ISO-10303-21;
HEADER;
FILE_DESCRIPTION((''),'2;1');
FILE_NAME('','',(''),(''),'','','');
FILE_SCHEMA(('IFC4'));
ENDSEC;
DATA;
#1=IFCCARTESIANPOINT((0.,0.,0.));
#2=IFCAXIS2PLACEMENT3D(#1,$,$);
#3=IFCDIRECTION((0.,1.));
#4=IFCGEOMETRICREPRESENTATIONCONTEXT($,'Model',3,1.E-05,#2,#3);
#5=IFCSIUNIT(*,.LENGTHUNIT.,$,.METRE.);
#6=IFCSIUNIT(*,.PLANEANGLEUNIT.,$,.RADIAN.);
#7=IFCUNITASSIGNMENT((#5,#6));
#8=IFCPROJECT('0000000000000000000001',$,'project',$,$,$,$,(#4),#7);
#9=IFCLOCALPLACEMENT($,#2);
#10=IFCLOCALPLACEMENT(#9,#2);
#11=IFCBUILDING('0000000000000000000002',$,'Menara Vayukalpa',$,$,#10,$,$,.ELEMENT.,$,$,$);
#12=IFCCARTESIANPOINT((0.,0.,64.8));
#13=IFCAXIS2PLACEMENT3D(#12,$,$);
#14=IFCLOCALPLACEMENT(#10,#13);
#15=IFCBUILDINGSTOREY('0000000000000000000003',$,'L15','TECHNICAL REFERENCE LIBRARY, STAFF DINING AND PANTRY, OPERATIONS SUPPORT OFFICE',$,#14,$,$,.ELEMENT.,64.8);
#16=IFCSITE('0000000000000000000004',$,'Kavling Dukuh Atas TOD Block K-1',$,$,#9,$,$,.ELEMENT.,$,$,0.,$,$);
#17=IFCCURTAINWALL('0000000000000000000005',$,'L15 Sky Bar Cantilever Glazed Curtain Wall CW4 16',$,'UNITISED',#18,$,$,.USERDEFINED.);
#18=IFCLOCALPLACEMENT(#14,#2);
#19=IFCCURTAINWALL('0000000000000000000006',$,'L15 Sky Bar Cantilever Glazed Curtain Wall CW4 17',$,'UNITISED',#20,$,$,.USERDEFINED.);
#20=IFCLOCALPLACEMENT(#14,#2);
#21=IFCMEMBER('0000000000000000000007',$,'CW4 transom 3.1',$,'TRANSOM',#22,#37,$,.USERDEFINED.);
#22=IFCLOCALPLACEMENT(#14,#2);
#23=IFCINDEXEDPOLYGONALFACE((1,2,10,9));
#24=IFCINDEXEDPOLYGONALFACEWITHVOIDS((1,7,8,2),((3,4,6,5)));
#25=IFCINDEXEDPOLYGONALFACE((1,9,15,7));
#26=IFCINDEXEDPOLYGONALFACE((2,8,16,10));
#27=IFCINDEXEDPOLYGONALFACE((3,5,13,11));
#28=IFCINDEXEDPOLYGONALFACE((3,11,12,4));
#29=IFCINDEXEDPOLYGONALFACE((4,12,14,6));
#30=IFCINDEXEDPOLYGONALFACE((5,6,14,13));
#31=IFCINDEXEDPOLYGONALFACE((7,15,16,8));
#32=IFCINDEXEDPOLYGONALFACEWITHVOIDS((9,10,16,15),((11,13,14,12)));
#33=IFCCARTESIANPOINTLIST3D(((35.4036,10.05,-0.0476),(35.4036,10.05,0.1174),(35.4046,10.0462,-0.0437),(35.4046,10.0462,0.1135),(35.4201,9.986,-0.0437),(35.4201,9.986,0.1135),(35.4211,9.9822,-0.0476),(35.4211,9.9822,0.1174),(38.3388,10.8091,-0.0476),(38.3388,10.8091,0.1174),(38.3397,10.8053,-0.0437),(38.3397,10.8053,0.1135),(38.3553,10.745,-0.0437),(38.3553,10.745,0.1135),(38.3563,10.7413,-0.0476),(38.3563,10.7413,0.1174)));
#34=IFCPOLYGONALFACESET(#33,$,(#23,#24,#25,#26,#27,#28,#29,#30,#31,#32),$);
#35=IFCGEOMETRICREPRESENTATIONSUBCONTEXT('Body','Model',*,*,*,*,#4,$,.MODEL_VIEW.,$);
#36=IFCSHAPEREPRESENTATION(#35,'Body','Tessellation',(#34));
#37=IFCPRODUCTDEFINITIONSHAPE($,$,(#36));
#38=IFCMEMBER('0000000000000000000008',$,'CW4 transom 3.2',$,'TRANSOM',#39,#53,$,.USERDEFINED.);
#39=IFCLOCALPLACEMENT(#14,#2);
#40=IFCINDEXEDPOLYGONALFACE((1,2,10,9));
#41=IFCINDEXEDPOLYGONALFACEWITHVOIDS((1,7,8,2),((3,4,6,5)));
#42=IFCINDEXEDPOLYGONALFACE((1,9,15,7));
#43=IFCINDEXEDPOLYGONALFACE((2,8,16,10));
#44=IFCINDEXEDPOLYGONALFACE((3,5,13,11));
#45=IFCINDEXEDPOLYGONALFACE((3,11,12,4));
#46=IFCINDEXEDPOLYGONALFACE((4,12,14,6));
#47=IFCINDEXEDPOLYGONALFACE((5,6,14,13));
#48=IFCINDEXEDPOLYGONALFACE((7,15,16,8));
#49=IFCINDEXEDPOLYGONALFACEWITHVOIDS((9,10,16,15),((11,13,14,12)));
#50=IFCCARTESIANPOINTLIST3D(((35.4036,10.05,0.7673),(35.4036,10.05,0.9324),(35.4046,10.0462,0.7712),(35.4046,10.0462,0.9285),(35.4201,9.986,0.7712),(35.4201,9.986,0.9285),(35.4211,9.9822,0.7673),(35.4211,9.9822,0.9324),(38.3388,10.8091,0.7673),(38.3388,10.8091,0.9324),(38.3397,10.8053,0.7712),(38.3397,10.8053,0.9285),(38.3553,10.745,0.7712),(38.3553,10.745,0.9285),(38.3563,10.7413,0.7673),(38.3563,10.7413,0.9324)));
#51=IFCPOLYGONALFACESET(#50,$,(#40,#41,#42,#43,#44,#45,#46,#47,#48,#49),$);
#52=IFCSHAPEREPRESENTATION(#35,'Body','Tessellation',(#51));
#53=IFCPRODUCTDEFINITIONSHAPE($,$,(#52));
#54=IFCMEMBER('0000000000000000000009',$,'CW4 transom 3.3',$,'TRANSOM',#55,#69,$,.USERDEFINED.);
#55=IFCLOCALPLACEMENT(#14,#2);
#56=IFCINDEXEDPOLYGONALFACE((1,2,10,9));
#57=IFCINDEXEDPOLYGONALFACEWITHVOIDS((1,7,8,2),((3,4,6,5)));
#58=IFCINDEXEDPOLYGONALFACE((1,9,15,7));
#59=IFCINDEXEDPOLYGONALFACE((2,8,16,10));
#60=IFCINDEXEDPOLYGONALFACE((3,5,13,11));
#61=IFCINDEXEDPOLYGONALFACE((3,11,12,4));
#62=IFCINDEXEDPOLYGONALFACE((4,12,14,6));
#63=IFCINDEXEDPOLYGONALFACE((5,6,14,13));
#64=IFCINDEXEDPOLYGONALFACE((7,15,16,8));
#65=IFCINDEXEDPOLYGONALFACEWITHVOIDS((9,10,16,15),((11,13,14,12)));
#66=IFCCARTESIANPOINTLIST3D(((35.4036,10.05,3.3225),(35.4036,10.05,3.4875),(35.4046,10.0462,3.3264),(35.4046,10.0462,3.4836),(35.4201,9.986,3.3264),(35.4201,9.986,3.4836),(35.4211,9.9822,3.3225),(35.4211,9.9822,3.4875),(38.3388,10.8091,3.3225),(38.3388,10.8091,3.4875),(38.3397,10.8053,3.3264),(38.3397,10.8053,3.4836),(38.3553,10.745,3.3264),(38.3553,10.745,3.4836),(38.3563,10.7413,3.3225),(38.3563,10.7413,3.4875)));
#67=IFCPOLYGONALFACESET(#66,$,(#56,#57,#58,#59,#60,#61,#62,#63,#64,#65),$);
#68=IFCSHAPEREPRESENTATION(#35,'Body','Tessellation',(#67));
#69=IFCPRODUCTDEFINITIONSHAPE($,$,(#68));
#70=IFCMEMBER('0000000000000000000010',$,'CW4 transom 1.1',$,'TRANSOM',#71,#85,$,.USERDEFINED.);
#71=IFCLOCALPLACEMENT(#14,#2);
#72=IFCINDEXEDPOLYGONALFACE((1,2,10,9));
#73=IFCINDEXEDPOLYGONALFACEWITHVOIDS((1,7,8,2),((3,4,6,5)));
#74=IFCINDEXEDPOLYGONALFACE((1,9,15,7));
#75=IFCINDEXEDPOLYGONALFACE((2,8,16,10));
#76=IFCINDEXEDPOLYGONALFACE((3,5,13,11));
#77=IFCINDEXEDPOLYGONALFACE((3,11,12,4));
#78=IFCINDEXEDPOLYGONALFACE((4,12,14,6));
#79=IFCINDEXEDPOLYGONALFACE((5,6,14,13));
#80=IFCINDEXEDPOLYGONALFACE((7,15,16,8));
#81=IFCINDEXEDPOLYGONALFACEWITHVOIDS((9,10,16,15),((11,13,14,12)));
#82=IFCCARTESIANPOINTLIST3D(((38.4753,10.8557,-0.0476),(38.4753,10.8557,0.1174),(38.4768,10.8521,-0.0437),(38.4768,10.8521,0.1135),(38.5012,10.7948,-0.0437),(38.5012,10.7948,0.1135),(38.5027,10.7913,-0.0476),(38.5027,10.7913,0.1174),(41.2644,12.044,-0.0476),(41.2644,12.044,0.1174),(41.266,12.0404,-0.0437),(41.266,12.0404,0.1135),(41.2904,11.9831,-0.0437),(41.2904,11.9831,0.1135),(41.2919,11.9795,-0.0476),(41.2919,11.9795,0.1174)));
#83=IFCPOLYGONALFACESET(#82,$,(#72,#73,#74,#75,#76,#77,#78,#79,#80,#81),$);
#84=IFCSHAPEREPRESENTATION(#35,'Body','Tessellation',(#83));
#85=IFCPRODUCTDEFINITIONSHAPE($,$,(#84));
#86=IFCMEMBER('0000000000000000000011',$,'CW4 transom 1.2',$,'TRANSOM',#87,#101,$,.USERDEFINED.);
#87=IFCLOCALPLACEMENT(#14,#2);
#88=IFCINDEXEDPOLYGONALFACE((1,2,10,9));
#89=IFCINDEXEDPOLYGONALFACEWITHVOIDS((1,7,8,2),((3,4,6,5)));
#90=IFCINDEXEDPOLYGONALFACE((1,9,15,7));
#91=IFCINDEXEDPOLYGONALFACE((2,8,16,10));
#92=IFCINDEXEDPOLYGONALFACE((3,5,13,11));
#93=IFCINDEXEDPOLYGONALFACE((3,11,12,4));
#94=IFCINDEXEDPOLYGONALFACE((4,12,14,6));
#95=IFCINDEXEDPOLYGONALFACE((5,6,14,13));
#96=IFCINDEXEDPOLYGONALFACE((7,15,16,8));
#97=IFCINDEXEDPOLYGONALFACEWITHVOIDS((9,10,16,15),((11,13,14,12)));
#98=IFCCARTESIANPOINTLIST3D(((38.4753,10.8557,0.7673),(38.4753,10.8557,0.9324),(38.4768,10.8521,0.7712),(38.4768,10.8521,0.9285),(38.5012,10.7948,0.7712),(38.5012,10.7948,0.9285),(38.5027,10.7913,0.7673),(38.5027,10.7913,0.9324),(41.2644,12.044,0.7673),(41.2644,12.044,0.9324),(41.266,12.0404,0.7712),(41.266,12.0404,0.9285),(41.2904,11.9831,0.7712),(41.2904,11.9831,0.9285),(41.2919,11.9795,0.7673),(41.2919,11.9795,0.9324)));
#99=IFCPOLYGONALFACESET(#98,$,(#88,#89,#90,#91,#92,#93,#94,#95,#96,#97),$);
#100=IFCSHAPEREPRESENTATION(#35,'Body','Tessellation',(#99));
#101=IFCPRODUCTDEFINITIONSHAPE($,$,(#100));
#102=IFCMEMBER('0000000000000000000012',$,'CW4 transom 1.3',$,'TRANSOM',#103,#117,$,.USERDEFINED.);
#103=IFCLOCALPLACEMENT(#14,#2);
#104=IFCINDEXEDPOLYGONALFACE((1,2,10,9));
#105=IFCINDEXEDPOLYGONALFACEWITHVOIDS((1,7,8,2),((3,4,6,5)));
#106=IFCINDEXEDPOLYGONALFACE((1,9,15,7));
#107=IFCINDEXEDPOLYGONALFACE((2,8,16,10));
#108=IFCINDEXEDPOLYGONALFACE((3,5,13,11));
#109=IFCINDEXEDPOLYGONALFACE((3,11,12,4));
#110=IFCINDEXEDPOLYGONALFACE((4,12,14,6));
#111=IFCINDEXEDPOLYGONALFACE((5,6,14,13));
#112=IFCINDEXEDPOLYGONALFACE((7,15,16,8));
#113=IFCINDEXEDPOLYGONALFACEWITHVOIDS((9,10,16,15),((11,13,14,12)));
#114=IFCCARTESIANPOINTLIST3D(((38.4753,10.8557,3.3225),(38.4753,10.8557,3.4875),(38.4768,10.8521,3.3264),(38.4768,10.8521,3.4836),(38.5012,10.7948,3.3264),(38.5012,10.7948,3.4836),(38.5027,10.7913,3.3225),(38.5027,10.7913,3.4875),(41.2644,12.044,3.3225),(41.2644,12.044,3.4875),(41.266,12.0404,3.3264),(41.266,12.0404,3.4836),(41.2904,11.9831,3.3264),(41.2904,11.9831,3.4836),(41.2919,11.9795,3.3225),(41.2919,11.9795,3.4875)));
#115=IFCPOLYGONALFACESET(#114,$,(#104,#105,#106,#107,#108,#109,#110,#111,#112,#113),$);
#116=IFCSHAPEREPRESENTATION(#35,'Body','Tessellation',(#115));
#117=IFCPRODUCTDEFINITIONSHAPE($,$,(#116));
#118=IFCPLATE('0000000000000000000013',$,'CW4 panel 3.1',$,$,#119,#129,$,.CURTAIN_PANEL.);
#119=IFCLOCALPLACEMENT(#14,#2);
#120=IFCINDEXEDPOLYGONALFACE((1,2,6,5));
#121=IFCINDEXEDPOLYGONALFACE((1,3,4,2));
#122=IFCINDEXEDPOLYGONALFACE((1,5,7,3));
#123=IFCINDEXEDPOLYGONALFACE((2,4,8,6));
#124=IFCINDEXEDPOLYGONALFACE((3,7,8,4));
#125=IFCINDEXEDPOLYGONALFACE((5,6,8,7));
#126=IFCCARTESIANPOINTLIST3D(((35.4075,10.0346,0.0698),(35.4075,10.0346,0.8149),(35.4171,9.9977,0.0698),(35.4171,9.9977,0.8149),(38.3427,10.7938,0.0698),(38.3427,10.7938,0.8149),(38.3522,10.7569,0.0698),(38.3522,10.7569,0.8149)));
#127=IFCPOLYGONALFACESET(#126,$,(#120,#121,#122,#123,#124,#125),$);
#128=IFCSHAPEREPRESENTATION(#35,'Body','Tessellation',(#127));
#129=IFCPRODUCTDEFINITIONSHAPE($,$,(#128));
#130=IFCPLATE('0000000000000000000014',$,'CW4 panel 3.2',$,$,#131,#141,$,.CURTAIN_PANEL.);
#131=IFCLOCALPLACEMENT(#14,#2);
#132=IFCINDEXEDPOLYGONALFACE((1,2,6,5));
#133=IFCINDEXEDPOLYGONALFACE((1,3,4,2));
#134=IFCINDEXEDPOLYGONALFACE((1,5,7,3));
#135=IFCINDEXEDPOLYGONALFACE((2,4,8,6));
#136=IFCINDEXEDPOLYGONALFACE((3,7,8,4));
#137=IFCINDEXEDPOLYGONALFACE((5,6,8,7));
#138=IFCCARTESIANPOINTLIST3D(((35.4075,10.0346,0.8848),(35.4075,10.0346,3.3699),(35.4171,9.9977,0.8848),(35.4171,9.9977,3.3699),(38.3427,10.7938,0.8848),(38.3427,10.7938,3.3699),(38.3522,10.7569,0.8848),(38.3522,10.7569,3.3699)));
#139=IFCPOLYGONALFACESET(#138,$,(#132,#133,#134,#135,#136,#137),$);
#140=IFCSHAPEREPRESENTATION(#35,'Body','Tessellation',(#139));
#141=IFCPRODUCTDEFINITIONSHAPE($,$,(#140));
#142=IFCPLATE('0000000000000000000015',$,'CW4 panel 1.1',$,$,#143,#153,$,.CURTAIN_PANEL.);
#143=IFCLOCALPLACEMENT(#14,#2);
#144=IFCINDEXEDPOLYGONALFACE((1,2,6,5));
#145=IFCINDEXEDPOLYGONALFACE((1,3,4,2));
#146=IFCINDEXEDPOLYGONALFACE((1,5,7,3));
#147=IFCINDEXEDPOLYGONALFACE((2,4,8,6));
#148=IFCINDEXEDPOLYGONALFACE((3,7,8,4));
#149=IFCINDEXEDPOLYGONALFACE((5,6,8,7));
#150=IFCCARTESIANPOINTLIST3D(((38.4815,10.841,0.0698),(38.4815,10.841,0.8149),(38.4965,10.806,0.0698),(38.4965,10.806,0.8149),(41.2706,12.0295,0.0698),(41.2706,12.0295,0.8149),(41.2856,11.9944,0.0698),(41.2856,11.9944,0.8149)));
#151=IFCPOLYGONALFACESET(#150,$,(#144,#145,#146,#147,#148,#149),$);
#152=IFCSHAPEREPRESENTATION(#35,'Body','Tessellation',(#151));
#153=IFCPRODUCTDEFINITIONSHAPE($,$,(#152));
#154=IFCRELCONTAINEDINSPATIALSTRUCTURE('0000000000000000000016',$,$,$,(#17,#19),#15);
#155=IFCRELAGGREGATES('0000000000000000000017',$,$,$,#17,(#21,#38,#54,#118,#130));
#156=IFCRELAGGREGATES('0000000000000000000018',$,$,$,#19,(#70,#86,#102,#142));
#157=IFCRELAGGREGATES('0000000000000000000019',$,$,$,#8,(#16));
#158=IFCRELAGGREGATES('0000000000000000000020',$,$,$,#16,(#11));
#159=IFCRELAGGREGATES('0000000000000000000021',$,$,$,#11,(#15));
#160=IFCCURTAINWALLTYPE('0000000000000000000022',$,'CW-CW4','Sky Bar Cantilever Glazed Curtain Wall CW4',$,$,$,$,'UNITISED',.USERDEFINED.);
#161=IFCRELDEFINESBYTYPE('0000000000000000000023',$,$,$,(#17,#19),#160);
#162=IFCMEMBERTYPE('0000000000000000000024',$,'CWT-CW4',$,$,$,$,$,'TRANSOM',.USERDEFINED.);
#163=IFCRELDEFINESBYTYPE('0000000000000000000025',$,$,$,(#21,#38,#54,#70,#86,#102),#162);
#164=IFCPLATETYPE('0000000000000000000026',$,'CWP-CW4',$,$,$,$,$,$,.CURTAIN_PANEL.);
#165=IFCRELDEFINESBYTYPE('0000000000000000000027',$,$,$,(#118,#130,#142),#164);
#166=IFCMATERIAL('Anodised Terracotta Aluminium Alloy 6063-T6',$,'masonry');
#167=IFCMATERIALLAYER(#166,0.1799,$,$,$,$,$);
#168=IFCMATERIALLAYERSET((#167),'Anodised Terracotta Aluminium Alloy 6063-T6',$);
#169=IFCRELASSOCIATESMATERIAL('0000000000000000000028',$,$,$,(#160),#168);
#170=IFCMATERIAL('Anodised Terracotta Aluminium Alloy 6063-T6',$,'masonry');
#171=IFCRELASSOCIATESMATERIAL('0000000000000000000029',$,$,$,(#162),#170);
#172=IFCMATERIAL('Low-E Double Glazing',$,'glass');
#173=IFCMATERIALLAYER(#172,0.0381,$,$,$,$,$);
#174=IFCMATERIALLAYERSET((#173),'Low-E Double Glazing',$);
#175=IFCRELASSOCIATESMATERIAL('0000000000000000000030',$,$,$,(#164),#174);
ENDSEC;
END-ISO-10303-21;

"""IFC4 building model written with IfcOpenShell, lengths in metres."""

from ifc_helpers import new_model, si_unit, direction, frame, origin, origin_2d, place, context, subcontext, project, spatial, rectangle, hollow_rectangle, extrude, material, layer, layer_set, material_profile, profile_set, type_object, element, aggregate, save


model = new_model("IFC4")

# Units and contexts
model_context = context("Model", 3, precision=1e-05, world=origin(), true_north=direction((0.0, 1.0)))
body_context = subcontext(model_context, "Body", "Model", "MODEL_VIEW")
ifc_project = project(units=[si_unit("LENGTHUNIT", "METRE"), si_unit("PLANEANGLEUNIT", "RADIAN")], contexts=[model_context])

# Site, building, storey
site_placement = place(None, origin())
site = spatial("IfcSite", under=ifc_project, at=site_placement, Name="Kavling Dukuh Atas TOD Block K-1", CompositionType="ELEMENT", RefElevation=0.0)
building_placement = place(site_placement, origin())
building = spatial("IfcBuilding", under=site, at=building_placement, Name="Menara Vayukalpa", CompositionType="ELEMENT")
storey_placement = place(building_placement, frame((0.0, 0.0, 64.8)))
storey = spatial("IfcBuildingStorey", under=building, at=storey_placement, Name="L15", Description="TECHNICAL REFERENCE LIBRARY, STAFF DINING AND PANTRY, OPERATIONS SUPPORT OFFICE", CompositionType="ELEMENT", Elevation=64.8)

# Curtain wall
ifc_material_1 = material(Name="Anodised Terracotta Aluminium Alloy 6063-T6", Category="masonry")
ifc_layer_1 = layer(ifc_material_1, 0.1799)
ifc_layer_set_1 = layer_set([ifc_layer_1], Name="Anodised Terracotta Aluminium Alloy 6063-T6")
curtain_wall_type = type_object("IfcCurtainWallType", Name="CW-CW4", Description="Sky Bar Cantilever Glazed Curtain Wall CW4", ElementType="UNITISED", PredefinedType="USERDEFINED", material=ifc_layer_set_1)
curtain_wall_1_placement = place(storey_placement, origin())
curtain_wall_1 = element("IfcCurtainWall", 1, at=curtain_wall_1_placement, inside=storey, type_object=curtain_wall_type, Name="L15 Sky Bar Cantilever Glazed Curtain Wall CW4 16", ObjectType="UNITISED", PredefinedType="USERDEFINED")

# Curtain wall
curtain_wall_2_placement = place(storey_placement, origin())
curtain_wall_2 = element("IfcCurtainWall", 2, at=curtain_wall_2_placement, inside=storey, type_object=curtain_wall_type, Name="L15 Sky Bar Cantilever Glazed Curtain Wall CW4 17", ObjectType="UNITISED", PredefinedType="USERDEFINED")

# Members
ifc_material_2 = material(Name="Anodised Terracotta Aluminium Alloy 6063-T6", Category="masonry")
ifc_material_profile_1 = material_profile(ifc_material_2, hollow_rectangle(XDim=0.0701, YDim=0.165, WallThickness=0.0039, at=origin_2d()), Name="ALU 70x165x4")
ifc_profile_set_1 = profile_set([ifc_material_profile_1], Name="Anodised Terracotta Aluminium Alloy 6063-T6")
member_type_1 = type_object("IfcMemberType", Name="CWT-CW4", ElementType="TRANSOM", PredefinedType="USERDEFINED", material=ifc_profile_set_1)
member_1_placement = place(storey_placement, frame((35.4124, 10.0161, 0.0349), z_axis=(0.96815, 0.250372, 0.0), x_axis=(-0.250372, 0.96815, 0.0)))
member_1 = element("IfcMember", 3, at=member_1_placement, type_object=member_type_1, Name="CW4 transom 3.1", ObjectType="TRANSOM", PredefinedType="USERDEFINED", context=body_context, shape_type="SweptSolid", body=[
    extrude(hollow_rectangle(XDim=0.0701, YDim=0.165, WallThickness=0.0039, at=origin_2d()), origin(), (0.0, 0.0, 1.0), 3.0317),
])
member_2_placement = place(storey_placement, frame((35.4124, 10.0161, 0.8499), z_axis=(0.96815, 0.250372, 0.0), x_axis=(-0.250372, 0.96815, 0.0)))
member_2 = element("IfcMember", 4, at=member_2_placement, type_object=member_type_1, Name="CW4 transom 3.2", ObjectType="TRANSOM", PredefinedType="USERDEFINED", context=body_context, shape_type="SweptSolid", body=[
    extrude(hollow_rectangle(XDim=0.0701, YDim=0.165, WallThickness=0.0039, at=origin_2d()), origin(), (0.0, 0.0, 1.0), 3.0317),
])
member_3_placement = place(storey_placement, frame((35.4124, 10.0161, 3.405), z_axis=(0.96815, 0.250372, 0.0), x_axis=(-0.250372, 0.96815, 0.0)))
member_3 = element("IfcMember", 5, at=member_3_placement, type_object=member_type_1, Name="CW4 transom 3.3", ObjectType="TRANSOM", PredefinedType="USERDEFINED", context=body_context, shape_type="SweptSolid", body=[
    extrude(hollow_rectangle(XDim=0.0701, YDim=0.165, WallThickness=0.0039, at=origin_2d()), origin(), (0.0, 0.0, 1.0), 3.0317),
])
member_4_placement = place(storey_placement, frame((38.489, 10.8235, 0.0349), z_axis=(0.919988, 0.391945, 0.0), x_axis=(-0.391945, 0.919988, 0.0)))
member_4 = element("IfcMember", 6, at=member_4_placement, type_object=member_type_1, Name="CW4 transom 1.1", ObjectType="TRANSOM", PredefinedType="USERDEFINED", context=body_context, shape_type="SweptSolid", body=[
    extrude(hollow_rectangle(XDim=0.0701, YDim=0.165, WallThickness=0.0039, at=origin_2d()), origin(), (0.0, 0.0, 1.0), 3.0317),
])
member_5_placement = place(storey_placement, frame((38.489, 10.8235, 0.8499), z_axis=(0.919988, 0.391945, 0.0), x_axis=(-0.391945, 0.919988, 0.0)))
member_5 = element("IfcMember", 7, at=member_5_placement, type_object=member_type_1, Name="CW4 transom 1.2", ObjectType="TRANSOM", PredefinedType="USERDEFINED", context=body_context, shape_type="SweptSolid", body=[
    extrude(hollow_rectangle(XDim=0.0701, YDim=0.165, WallThickness=0.0039, at=origin_2d()), origin(), (0.0, 0.0, 1.0), 3.0317),
])
member_6_placement = place(storey_placement, frame((38.489, 10.8235, 3.405), z_axis=(0.919988, 0.391945, 0.0), x_axis=(-0.391945, 0.919988, 0.0)))
member_6 = element("IfcMember", 8, at=member_6_placement, type_object=member_type_1, Name="CW4 transom 1.3", ObjectType="TRANSOM", PredefinedType="USERDEFINED", context=body_context, shape_type="SweptSolid", body=[
    extrude(hollow_rectangle(XDim=0.0701, YDim=0.165, WallThickness=0.0039, at=origin_2d()), origin(), (0.0, 0.0, 1.0), 3.0317),
])

# Plates
ifc_material_3 = material(Name="Low-E Double Glazing", Category="glass")
ifc_layer_2 = layer(ifc_material_3, 0.0381)
ifc_layer_set_2 = layer_set([ifc_layer_2], Name="Low-E Double Glazing")
plate_type = type_object("IfcPlateType", Name="CWP-CW4", PredefinedType="CURTAIN_PANEL", material=ifc_layer_set_2)
plate_1_placement = place(storey_placement, frame((36.8799, 10.3958, 0.0698), z_axis=(0.0, 0.0, 1.0), x_axis=(0.968142, 0.250403, 0.0)))
plate_1 = element("IfcPlate", 9, at=plate_1_placement, type_object=plate_type, Name="CW4 panel 3.1", PredefinedType="CURTAIN_PANEL", context=body_context, shape_type="SweptSolid", body=[
    extrude(rectangle(XDim=3.0317, YDim=0.0381, at=origin_2d()), origin(), (0.0, 0.0, 1.0), 0.7451),
])
plate_2_placement = place(storey_placement, frame((36.8799, 10.3958, 0.8848), z_axis=(0.0, 0.0, 1.0), x_axis=(0.968142, 0.250403, 0.0)))
plate_2 = element("IfcPlate", 10, at=plate_2_placement, type_object=plate_type, Name="CW4 panel 3.2", PredefinedType="CURTAIN_PANEL", context=body_context, shape_type="SweptSolid", body=[
    extrude(rectangle(XDim=3.0317, YDim=0.0381, at=origin_2d()), origin(), (0.0, 0.0, 1.0), 2.4851),
])
aggregate(curtain_wall_1, [member_1, member_2, member_3, plate_1, plate_2])
plate_3_placement = place(storey_placement, frame((39.8835, 11.4177, 0.0698), z_axis=(0.0, 0.0, 1.0), x_axis=(0.919962, 0.392008, 0.0)))
plate_3 = element("IfcPlate", 11, at=plate_3_placement, type_object=plate_type, Name="CW4 panel 1.1", PredefinedType="CURTAIN_PANEL", context=body_context, shape_type="SweptSolid", body=[
    extrude(rectangle(XDim=3.0317, YDim=0.0381, at=origin_2d()), origin(), (0.0, 0.0, 1.0), 0.7451),
])
aggregate(curtain_wall_2, [member_4, member_5, member_6, plate_3])

save(model, "model.ifc")
